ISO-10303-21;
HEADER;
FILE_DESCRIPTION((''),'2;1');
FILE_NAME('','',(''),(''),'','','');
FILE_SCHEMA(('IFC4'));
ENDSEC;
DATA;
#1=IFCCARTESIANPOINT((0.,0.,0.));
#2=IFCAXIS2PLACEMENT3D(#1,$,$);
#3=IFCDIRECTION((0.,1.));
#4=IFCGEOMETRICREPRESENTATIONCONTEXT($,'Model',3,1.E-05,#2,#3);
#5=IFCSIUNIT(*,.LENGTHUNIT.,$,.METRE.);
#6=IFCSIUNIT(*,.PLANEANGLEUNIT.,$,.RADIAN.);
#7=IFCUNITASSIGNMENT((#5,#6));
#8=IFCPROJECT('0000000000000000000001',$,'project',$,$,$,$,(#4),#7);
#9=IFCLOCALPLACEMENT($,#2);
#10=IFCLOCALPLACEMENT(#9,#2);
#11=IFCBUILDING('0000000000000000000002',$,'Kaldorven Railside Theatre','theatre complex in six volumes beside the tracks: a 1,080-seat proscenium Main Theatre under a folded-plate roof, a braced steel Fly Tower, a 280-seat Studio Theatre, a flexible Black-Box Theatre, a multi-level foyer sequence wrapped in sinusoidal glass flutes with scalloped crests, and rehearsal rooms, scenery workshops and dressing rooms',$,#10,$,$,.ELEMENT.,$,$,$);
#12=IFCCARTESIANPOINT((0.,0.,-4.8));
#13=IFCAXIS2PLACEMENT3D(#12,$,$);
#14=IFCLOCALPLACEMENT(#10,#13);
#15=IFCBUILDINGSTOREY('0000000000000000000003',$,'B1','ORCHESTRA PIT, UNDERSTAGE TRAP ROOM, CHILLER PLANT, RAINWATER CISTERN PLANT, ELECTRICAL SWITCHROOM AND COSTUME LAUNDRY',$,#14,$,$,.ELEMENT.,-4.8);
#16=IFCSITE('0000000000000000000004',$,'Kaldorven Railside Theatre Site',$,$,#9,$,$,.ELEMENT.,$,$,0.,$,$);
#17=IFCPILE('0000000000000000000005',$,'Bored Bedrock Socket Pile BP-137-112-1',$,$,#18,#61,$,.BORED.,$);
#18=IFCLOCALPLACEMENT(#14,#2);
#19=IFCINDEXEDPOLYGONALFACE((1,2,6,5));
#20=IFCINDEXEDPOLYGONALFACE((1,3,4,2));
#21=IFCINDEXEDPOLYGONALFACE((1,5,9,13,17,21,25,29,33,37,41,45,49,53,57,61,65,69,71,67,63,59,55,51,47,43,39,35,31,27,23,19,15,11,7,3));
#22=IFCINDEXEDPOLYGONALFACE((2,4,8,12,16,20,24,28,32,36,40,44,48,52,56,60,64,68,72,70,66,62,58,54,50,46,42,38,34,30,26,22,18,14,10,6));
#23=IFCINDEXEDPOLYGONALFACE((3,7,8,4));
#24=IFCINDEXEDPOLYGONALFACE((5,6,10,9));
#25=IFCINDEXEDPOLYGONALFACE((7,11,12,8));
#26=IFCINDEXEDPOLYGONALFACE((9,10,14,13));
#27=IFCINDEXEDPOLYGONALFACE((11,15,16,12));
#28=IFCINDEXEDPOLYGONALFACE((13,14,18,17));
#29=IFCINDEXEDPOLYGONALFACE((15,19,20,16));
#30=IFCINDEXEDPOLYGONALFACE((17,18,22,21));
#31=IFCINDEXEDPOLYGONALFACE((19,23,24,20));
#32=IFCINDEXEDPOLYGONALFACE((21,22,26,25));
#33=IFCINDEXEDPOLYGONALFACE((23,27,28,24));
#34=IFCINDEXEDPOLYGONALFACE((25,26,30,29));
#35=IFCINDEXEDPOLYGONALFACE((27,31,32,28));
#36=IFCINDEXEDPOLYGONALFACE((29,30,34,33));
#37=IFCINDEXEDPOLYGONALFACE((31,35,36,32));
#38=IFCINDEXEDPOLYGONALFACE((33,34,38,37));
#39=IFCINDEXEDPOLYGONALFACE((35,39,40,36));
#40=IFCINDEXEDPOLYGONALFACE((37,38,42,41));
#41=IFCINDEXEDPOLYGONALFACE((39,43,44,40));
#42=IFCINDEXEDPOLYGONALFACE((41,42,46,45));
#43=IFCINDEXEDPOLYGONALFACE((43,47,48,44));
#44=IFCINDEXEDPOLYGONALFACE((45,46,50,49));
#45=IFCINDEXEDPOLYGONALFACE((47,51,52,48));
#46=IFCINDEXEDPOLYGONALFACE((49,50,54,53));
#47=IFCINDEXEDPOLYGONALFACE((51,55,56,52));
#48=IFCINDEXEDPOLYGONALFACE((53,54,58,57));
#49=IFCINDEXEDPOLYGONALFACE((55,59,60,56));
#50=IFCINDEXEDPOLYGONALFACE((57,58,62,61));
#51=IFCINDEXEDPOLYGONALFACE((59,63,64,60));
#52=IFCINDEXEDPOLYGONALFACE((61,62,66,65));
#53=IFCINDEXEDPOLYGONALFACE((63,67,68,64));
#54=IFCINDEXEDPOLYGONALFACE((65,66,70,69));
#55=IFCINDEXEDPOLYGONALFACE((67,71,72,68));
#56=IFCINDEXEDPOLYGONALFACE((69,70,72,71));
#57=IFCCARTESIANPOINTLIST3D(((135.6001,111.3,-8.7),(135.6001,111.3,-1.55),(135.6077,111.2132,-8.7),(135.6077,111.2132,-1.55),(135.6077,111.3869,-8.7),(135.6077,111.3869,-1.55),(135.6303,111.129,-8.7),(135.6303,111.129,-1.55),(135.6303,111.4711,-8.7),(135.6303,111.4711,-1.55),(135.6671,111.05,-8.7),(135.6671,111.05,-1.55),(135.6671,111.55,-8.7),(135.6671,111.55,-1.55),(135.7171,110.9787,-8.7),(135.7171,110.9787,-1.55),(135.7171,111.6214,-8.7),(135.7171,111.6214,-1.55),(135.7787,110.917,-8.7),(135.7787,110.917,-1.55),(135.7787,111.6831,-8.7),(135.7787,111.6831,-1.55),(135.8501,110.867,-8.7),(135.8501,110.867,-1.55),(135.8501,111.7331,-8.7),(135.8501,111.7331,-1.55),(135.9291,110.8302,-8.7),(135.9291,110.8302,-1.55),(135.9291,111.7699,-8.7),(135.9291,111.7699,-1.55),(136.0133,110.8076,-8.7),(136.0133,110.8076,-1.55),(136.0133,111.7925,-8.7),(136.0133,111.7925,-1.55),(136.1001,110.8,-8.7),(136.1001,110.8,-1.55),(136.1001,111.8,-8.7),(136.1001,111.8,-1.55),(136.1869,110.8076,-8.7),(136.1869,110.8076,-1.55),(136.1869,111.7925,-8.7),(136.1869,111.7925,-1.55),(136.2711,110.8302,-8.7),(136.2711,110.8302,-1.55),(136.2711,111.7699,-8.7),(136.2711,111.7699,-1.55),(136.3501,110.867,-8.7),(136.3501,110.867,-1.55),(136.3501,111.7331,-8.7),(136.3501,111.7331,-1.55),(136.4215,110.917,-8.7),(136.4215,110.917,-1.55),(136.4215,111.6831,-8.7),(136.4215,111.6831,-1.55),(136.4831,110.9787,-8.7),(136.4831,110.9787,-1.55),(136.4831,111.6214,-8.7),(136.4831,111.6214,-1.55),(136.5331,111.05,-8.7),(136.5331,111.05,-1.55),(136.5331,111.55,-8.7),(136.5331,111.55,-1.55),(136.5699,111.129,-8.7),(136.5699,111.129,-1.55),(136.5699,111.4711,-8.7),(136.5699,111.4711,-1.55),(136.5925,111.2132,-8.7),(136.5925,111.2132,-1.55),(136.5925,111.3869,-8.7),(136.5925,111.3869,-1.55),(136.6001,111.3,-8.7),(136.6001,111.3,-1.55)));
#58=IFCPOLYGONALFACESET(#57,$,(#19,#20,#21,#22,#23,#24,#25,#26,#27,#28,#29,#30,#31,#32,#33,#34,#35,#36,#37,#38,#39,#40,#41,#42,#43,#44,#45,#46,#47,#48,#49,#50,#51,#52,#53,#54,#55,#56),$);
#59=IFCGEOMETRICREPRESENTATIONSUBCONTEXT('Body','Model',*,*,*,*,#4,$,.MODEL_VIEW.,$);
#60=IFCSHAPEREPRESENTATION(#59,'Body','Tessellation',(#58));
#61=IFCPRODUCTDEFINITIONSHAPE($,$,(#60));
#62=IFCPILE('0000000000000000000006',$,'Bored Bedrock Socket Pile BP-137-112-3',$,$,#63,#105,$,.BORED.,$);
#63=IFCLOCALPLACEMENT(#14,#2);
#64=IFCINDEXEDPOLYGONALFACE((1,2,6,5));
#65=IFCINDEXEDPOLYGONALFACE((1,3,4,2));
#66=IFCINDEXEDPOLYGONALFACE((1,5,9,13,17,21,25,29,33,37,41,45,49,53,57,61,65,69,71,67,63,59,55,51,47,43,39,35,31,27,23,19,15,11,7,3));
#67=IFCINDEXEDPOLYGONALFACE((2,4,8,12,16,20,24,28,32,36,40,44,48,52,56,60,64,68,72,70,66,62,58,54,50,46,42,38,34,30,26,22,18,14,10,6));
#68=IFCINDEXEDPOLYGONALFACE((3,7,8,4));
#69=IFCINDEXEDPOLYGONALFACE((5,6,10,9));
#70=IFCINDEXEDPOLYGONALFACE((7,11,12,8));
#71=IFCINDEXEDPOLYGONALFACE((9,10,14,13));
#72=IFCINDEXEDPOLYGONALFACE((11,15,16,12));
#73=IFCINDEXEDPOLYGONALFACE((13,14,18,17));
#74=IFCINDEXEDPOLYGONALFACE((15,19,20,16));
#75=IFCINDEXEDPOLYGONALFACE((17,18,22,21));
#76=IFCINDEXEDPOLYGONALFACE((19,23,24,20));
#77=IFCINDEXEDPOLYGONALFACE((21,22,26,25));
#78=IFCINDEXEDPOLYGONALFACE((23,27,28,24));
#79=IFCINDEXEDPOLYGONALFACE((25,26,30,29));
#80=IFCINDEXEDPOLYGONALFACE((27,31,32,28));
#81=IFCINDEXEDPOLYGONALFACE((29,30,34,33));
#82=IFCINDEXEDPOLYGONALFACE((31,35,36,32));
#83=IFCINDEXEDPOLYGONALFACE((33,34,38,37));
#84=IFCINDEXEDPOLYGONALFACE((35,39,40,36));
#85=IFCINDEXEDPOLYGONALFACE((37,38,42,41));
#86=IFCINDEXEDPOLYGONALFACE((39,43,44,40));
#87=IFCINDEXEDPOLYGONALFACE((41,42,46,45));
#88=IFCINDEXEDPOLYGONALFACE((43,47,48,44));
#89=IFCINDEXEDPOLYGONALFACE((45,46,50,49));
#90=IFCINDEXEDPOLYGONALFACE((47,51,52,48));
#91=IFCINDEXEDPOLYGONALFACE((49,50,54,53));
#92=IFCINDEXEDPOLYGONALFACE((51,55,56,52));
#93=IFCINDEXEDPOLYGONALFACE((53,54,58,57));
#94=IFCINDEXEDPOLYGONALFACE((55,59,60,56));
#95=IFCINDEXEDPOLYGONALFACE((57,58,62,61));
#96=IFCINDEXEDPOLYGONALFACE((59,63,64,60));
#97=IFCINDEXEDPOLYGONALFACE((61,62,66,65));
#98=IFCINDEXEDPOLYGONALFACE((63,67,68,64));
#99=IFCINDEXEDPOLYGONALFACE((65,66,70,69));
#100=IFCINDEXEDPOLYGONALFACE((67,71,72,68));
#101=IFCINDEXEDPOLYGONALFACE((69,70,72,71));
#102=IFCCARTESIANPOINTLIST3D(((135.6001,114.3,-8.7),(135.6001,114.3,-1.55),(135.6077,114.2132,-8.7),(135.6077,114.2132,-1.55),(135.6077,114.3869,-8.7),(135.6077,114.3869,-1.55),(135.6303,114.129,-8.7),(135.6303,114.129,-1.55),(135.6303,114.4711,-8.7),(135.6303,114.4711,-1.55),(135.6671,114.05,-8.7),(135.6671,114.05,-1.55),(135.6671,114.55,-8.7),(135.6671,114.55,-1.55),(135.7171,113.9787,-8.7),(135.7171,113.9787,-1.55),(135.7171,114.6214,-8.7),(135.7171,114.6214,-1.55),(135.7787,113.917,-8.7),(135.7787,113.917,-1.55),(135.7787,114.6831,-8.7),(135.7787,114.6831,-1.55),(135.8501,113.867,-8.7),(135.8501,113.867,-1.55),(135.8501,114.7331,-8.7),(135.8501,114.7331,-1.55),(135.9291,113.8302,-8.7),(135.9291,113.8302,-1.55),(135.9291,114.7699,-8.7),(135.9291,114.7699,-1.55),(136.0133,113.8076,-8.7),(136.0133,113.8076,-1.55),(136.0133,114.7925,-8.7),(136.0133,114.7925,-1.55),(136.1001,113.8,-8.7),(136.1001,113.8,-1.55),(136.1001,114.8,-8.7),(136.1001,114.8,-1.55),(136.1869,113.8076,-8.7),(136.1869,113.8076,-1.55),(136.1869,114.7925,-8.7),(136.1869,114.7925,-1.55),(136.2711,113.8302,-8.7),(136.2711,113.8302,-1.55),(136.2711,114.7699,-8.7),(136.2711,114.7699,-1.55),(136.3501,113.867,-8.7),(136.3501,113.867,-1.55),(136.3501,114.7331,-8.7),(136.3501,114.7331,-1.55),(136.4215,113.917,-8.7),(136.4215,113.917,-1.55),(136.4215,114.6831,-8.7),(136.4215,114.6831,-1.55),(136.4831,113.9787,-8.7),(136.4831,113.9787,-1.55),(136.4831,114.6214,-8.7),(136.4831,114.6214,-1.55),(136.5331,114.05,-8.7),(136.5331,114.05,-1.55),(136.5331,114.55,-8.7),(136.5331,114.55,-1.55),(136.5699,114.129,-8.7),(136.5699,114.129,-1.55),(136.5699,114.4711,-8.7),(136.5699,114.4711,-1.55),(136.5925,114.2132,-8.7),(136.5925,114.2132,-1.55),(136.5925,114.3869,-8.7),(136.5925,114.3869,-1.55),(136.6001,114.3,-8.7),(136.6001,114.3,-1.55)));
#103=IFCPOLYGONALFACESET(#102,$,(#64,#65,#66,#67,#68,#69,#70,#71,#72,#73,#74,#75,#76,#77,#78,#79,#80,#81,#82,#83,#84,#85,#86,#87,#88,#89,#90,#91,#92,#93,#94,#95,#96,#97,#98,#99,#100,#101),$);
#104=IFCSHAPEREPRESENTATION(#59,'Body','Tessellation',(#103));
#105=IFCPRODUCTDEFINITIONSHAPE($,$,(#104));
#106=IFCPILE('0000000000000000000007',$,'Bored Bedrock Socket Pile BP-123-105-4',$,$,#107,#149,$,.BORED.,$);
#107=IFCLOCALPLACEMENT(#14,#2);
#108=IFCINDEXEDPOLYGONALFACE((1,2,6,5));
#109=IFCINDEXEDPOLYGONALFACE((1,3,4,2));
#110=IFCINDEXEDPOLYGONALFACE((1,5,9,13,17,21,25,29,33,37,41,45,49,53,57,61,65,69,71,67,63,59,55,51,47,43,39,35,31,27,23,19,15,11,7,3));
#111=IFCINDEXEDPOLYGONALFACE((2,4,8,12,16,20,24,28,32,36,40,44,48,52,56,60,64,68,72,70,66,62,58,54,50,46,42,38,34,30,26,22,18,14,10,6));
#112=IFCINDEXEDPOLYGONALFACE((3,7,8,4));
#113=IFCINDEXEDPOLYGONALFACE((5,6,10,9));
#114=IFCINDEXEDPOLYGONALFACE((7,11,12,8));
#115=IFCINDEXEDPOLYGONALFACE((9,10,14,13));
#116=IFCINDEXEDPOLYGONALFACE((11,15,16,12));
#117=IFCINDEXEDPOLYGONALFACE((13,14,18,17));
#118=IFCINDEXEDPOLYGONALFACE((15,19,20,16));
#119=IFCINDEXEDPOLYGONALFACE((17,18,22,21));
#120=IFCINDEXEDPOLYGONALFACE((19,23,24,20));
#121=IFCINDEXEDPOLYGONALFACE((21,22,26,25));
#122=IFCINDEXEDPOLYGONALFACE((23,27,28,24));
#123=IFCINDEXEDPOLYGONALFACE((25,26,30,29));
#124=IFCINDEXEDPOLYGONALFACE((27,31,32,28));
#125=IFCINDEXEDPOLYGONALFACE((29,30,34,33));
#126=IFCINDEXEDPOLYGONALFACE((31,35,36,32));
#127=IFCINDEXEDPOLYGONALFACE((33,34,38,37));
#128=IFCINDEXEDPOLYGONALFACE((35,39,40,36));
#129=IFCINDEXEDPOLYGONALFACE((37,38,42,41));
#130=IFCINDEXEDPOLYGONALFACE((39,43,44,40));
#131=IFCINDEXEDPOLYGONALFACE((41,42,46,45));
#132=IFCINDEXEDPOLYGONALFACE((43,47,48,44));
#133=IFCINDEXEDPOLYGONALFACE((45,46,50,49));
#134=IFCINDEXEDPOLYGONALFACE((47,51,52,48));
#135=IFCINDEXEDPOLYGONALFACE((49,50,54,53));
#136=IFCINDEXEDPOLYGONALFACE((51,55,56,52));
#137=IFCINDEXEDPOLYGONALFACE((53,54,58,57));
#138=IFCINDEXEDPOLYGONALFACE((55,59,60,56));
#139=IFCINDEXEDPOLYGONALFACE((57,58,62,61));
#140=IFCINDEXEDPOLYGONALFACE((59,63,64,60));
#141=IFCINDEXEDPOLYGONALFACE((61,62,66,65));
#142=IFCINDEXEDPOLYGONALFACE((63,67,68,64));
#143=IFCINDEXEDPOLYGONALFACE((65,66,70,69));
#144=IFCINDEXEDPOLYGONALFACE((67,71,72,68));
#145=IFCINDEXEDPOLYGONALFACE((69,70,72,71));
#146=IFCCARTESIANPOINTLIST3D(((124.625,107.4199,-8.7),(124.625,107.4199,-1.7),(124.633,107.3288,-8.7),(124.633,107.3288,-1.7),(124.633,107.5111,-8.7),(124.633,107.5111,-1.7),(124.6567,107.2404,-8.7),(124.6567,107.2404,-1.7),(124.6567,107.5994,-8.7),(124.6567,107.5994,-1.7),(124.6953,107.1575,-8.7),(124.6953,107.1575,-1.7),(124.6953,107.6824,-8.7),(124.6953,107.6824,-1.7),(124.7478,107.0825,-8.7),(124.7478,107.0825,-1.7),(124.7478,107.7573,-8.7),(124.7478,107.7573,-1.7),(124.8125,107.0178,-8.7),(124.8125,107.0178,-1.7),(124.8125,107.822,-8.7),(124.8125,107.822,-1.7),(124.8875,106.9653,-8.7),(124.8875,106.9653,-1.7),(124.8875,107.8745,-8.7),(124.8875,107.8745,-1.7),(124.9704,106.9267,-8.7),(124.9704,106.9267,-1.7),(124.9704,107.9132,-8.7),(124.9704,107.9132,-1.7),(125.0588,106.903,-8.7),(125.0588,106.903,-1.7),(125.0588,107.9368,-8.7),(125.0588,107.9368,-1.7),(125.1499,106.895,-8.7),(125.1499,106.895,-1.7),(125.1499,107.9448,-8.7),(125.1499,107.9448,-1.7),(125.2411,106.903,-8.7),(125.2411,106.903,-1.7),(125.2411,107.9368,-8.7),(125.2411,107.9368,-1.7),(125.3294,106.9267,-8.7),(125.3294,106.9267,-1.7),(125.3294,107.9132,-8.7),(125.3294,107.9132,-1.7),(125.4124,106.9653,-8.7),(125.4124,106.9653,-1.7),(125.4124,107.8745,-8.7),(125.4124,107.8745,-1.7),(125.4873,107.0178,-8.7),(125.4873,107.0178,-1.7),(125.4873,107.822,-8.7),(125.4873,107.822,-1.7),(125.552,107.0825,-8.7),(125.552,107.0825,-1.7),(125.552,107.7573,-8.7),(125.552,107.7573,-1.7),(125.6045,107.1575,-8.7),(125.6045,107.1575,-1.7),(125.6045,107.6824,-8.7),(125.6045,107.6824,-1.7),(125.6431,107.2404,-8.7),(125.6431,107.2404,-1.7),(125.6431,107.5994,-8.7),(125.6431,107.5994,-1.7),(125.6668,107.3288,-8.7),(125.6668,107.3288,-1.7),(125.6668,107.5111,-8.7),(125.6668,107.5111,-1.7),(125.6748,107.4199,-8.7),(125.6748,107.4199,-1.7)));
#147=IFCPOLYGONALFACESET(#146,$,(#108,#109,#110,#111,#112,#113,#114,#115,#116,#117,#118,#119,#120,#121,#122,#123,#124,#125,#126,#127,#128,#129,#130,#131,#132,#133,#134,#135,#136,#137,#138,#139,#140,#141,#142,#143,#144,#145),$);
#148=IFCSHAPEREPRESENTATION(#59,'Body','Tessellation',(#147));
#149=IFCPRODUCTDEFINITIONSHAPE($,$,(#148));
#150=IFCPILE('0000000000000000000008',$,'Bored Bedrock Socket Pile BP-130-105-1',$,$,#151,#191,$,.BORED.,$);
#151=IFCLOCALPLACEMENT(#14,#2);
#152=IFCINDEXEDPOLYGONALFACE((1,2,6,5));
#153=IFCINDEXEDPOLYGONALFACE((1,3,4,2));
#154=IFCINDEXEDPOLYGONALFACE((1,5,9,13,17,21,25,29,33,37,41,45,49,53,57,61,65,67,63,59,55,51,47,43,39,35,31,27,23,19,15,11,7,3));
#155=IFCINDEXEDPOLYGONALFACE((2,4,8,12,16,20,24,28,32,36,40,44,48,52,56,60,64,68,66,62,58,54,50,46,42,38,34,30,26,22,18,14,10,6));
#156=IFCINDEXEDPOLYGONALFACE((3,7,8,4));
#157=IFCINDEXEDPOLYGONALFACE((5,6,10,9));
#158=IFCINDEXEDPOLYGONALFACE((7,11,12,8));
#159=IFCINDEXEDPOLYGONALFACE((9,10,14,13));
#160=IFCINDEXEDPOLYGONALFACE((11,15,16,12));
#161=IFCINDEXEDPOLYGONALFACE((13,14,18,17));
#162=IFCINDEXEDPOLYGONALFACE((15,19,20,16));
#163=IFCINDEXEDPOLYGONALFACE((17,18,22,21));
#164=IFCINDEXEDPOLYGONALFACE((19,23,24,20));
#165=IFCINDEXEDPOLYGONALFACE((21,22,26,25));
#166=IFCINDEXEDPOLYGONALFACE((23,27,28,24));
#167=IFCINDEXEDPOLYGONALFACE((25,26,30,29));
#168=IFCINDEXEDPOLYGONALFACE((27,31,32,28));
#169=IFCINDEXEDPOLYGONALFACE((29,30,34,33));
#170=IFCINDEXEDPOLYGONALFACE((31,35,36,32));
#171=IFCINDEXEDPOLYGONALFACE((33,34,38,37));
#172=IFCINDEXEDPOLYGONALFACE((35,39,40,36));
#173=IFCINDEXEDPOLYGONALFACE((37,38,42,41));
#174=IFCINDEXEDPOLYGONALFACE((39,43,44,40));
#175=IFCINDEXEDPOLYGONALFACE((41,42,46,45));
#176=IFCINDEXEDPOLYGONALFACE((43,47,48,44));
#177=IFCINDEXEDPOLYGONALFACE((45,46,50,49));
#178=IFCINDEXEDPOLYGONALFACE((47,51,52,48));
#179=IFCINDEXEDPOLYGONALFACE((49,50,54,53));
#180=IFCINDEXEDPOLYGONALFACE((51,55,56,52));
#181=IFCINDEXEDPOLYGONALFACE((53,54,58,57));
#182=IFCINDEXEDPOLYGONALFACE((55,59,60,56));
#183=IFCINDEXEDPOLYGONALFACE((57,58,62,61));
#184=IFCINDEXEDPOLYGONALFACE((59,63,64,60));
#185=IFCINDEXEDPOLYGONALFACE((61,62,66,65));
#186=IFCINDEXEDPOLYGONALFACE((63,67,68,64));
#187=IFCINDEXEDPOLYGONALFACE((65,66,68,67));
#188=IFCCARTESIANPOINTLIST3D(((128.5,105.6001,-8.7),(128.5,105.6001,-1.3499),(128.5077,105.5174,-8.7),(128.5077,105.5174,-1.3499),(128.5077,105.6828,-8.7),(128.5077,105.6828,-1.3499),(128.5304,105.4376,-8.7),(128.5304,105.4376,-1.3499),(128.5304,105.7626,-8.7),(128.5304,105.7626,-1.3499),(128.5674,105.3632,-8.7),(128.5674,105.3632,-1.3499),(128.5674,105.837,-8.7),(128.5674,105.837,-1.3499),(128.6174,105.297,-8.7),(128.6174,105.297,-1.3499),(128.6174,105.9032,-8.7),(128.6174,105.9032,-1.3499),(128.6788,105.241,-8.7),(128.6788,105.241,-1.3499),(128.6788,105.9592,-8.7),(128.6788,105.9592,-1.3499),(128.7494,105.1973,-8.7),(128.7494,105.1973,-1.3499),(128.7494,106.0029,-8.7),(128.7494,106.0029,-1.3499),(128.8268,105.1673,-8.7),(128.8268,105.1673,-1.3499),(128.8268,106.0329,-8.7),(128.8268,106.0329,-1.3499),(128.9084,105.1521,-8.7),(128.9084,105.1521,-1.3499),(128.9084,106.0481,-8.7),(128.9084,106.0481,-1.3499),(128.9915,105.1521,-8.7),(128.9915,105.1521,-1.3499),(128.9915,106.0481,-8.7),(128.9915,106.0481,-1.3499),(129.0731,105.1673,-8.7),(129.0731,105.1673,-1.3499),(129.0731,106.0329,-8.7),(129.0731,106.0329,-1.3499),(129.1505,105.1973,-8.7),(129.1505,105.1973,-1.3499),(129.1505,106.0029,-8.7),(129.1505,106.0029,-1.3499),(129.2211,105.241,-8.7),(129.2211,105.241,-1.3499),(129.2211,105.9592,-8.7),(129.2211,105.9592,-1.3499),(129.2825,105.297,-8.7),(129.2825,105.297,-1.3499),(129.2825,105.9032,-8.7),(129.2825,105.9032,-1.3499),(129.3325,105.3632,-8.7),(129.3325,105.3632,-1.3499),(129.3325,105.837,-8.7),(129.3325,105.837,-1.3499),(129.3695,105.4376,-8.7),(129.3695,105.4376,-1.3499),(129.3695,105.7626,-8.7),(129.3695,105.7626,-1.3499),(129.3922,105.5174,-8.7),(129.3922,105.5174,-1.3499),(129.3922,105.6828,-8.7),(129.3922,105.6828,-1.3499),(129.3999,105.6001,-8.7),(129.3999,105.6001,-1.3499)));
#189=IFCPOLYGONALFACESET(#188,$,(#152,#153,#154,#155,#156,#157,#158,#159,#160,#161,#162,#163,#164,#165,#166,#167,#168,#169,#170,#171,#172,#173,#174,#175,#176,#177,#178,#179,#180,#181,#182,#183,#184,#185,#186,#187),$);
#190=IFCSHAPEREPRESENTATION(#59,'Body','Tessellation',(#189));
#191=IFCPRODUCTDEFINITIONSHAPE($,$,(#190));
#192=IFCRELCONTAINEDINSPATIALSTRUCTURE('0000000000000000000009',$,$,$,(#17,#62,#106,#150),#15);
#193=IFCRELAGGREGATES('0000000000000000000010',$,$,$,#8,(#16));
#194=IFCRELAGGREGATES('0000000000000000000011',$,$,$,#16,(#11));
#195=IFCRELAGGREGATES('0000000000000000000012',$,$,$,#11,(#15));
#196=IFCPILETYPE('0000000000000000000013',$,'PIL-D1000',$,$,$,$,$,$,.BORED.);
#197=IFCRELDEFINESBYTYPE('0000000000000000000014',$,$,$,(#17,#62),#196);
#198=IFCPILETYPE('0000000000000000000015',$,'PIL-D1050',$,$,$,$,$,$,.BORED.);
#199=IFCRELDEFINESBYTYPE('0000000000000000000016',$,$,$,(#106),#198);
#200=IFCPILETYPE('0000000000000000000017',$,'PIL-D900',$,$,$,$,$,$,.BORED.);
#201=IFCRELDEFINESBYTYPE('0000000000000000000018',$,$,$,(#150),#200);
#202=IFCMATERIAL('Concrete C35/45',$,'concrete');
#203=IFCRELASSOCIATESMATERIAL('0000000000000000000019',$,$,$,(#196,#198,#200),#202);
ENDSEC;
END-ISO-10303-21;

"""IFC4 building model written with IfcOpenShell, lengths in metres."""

from ifc_helpers import new_model, si_unit, direction, frame, origin, origin_2d, place, context, subcontext, project, spatial, circle, extrude, material, material_profile, profile_set, type_object, element, save


model = new_model("IFC4")

# Units and contexts
model_context = context("Model", 3, precision=1e-05, world=origin(), true_north=direction((0.0, 1.0)))
body_context = subcontext(model_context, "Body", "Model", "MODEL_VIEW")
ifc_project = project(units=[si_unit("LENGTHUNIT", "METRE"), si_unit("PLANEANGLEUNIT", "RADIAN")], contexts=[model_context])

# Site, building, storey
site_placement = place(None, origin())
site = spatial("IfcSite", under=ifc_project, at=site_placement, Name="Kaldorven Railside Theatre Site", CompositionType="ELEMENT", RefElevation=0.0)
building_placement = place(site_placement, origin())
building = spatial("IfcBuilding", under=site, at=building_placement, Name="Kaldorven Railside Theatre", Description="theatre complex in six volumes beside the tracks: a 1,080-seat proscenium Main Theatre under a folded-plate roof, a braced steel Fly Tower, a 280-seat Studio Theatre, a flexible Black-Box Theatre, a multi-level foyer sequence wrapped in sinusoidal glass flutes with scalloped crests, and rehearsal rooms, scenery workshops and dressing rooms", CompositionType="ELEMENT")
storey_placement = place(building_placement, frame((0.0, 0.0, -4.8)))
storey = spatial("IfcBuildingStorey", under=building, at=storey_placement, Name="B1", Description="ORCHESTRA PIT, UNDERSTAGE TRAP ROOM, CHILLER PLANT, RAINWATER CISTERN PLANT, ELECTRICAL SWITCHROOM AND COSTUME LAUNDRY", CompositionType="ELEMENT", Elevation=-4.8)

# Piles
ifc_material_1 = material(Name="Concrete C35/45", Category="concrete")
ifc_material_profile_1 = material_profile(ifc_material_1, circle(Radius=0.5, at=origin_2d()), Name="BP D1000")
ifc_profile_set_1 = profile_set([ifc_material_profile_1], Name="Concrete C35/45")
pile_type_1 = type_object("IfcPileType", Name="PIL-D1000", PredefinedType="BORED", material=ifc_profile_set_1)
for number, where, z_axis, x_axis, name in (
    (1, (136.1001, 111.3, -1.55), (0.0, 0.0, -1.0), (1.0, 0.0, 0.0), "Bored Bedrock Socket Pile BP-137-112-1"),
    (2, (136.1001, 114.3, -1.55), (0.0, 0.0, -1.0), (1.0, 0.0, 0.0), "Bored Bedrock Socket Pile BP-137-112-3"),
):
    element("IfcPile", number, at=place(storey_placement, frame(where, z_axis=z_axis, x_axis=x_axis)), inside=storey, type_object=pile_type_1, Name=name, PredefinedType="BORED", context=body_context, shape_type="SweptSolid", body=[
        extrude(circle(Radius=0.5, at=origin_2d()), origin(), (0.0, 0.0, 1.0), 7.1499),
    ])
ifc_material_profile_2 = material_profile(ifc_material_1, circle(Radius=0.5249, at=origin_2d()), Name="BP D1050")
ifc_profile_set_2 = profile_set([ifc_material_profile_2], Name="Concrete C35/45")
pile_type_2 = type_object("IfcPileType", Name="PIL-D1050", PredefinedType="BORED", material=ifc_profile_set_2)
pile_1_placement = place(storey_placement, frame((125.1499, 107.4199, -1.7), z_axis=(0.0, 0.0, -1.0), x_axis=(1.0, 0.0, 0.0)))
element("IfcPile", 3, at=pile_1_placement, inside=storey, type_object=pile_type_2, Name="Bored Bedrock Socket Pile BP-123-105-4", PredefinedType="BORED", context=body_context, shape_type="SweptSolid", body=[
    extrude(circle(Radius=0.5249, at=origin_2d()), origin(), (0.0, 0.0, 1.0), 7.0),
])
ifc_material_profile_3 = material_profile(ifc_material_1, circle(Radius=0.45, at=origin_2d()), Name="BP D900")
ifc_profile_set_3 = profile_set([ifc_material_profile_3], Name="Concrete C35/45")
pile_type_3 = type_object("IfcPileType", Name="PIL-D900", PredefinedType="BORED", material=ifc_profile_set_3)
for number, where, z_axis, x_axis, name in (
    (4, (128.95, 105.6001, -1.3499), (0.0, 0.0, -1.0), (1.0, 0.0, 0.0), "Bored Bedrock Socket Pile BP-130-105-1"),
):
    element("IfcPile", number, at=place(storey_placement, frame(where, z_axis=z_axis, x_axis=x_axis)), inside=storey, type_object=pile_type_3, Name=name, PredefinedType="BORED", context=body_context, shape_type="SweptSolid", body=[
        extrude(circle(Radius=0.45, at=origin_2d()), origin(), (0.0, 0.0, 1.0), 7.3501),
    ])

save(model, "model.ifc")
